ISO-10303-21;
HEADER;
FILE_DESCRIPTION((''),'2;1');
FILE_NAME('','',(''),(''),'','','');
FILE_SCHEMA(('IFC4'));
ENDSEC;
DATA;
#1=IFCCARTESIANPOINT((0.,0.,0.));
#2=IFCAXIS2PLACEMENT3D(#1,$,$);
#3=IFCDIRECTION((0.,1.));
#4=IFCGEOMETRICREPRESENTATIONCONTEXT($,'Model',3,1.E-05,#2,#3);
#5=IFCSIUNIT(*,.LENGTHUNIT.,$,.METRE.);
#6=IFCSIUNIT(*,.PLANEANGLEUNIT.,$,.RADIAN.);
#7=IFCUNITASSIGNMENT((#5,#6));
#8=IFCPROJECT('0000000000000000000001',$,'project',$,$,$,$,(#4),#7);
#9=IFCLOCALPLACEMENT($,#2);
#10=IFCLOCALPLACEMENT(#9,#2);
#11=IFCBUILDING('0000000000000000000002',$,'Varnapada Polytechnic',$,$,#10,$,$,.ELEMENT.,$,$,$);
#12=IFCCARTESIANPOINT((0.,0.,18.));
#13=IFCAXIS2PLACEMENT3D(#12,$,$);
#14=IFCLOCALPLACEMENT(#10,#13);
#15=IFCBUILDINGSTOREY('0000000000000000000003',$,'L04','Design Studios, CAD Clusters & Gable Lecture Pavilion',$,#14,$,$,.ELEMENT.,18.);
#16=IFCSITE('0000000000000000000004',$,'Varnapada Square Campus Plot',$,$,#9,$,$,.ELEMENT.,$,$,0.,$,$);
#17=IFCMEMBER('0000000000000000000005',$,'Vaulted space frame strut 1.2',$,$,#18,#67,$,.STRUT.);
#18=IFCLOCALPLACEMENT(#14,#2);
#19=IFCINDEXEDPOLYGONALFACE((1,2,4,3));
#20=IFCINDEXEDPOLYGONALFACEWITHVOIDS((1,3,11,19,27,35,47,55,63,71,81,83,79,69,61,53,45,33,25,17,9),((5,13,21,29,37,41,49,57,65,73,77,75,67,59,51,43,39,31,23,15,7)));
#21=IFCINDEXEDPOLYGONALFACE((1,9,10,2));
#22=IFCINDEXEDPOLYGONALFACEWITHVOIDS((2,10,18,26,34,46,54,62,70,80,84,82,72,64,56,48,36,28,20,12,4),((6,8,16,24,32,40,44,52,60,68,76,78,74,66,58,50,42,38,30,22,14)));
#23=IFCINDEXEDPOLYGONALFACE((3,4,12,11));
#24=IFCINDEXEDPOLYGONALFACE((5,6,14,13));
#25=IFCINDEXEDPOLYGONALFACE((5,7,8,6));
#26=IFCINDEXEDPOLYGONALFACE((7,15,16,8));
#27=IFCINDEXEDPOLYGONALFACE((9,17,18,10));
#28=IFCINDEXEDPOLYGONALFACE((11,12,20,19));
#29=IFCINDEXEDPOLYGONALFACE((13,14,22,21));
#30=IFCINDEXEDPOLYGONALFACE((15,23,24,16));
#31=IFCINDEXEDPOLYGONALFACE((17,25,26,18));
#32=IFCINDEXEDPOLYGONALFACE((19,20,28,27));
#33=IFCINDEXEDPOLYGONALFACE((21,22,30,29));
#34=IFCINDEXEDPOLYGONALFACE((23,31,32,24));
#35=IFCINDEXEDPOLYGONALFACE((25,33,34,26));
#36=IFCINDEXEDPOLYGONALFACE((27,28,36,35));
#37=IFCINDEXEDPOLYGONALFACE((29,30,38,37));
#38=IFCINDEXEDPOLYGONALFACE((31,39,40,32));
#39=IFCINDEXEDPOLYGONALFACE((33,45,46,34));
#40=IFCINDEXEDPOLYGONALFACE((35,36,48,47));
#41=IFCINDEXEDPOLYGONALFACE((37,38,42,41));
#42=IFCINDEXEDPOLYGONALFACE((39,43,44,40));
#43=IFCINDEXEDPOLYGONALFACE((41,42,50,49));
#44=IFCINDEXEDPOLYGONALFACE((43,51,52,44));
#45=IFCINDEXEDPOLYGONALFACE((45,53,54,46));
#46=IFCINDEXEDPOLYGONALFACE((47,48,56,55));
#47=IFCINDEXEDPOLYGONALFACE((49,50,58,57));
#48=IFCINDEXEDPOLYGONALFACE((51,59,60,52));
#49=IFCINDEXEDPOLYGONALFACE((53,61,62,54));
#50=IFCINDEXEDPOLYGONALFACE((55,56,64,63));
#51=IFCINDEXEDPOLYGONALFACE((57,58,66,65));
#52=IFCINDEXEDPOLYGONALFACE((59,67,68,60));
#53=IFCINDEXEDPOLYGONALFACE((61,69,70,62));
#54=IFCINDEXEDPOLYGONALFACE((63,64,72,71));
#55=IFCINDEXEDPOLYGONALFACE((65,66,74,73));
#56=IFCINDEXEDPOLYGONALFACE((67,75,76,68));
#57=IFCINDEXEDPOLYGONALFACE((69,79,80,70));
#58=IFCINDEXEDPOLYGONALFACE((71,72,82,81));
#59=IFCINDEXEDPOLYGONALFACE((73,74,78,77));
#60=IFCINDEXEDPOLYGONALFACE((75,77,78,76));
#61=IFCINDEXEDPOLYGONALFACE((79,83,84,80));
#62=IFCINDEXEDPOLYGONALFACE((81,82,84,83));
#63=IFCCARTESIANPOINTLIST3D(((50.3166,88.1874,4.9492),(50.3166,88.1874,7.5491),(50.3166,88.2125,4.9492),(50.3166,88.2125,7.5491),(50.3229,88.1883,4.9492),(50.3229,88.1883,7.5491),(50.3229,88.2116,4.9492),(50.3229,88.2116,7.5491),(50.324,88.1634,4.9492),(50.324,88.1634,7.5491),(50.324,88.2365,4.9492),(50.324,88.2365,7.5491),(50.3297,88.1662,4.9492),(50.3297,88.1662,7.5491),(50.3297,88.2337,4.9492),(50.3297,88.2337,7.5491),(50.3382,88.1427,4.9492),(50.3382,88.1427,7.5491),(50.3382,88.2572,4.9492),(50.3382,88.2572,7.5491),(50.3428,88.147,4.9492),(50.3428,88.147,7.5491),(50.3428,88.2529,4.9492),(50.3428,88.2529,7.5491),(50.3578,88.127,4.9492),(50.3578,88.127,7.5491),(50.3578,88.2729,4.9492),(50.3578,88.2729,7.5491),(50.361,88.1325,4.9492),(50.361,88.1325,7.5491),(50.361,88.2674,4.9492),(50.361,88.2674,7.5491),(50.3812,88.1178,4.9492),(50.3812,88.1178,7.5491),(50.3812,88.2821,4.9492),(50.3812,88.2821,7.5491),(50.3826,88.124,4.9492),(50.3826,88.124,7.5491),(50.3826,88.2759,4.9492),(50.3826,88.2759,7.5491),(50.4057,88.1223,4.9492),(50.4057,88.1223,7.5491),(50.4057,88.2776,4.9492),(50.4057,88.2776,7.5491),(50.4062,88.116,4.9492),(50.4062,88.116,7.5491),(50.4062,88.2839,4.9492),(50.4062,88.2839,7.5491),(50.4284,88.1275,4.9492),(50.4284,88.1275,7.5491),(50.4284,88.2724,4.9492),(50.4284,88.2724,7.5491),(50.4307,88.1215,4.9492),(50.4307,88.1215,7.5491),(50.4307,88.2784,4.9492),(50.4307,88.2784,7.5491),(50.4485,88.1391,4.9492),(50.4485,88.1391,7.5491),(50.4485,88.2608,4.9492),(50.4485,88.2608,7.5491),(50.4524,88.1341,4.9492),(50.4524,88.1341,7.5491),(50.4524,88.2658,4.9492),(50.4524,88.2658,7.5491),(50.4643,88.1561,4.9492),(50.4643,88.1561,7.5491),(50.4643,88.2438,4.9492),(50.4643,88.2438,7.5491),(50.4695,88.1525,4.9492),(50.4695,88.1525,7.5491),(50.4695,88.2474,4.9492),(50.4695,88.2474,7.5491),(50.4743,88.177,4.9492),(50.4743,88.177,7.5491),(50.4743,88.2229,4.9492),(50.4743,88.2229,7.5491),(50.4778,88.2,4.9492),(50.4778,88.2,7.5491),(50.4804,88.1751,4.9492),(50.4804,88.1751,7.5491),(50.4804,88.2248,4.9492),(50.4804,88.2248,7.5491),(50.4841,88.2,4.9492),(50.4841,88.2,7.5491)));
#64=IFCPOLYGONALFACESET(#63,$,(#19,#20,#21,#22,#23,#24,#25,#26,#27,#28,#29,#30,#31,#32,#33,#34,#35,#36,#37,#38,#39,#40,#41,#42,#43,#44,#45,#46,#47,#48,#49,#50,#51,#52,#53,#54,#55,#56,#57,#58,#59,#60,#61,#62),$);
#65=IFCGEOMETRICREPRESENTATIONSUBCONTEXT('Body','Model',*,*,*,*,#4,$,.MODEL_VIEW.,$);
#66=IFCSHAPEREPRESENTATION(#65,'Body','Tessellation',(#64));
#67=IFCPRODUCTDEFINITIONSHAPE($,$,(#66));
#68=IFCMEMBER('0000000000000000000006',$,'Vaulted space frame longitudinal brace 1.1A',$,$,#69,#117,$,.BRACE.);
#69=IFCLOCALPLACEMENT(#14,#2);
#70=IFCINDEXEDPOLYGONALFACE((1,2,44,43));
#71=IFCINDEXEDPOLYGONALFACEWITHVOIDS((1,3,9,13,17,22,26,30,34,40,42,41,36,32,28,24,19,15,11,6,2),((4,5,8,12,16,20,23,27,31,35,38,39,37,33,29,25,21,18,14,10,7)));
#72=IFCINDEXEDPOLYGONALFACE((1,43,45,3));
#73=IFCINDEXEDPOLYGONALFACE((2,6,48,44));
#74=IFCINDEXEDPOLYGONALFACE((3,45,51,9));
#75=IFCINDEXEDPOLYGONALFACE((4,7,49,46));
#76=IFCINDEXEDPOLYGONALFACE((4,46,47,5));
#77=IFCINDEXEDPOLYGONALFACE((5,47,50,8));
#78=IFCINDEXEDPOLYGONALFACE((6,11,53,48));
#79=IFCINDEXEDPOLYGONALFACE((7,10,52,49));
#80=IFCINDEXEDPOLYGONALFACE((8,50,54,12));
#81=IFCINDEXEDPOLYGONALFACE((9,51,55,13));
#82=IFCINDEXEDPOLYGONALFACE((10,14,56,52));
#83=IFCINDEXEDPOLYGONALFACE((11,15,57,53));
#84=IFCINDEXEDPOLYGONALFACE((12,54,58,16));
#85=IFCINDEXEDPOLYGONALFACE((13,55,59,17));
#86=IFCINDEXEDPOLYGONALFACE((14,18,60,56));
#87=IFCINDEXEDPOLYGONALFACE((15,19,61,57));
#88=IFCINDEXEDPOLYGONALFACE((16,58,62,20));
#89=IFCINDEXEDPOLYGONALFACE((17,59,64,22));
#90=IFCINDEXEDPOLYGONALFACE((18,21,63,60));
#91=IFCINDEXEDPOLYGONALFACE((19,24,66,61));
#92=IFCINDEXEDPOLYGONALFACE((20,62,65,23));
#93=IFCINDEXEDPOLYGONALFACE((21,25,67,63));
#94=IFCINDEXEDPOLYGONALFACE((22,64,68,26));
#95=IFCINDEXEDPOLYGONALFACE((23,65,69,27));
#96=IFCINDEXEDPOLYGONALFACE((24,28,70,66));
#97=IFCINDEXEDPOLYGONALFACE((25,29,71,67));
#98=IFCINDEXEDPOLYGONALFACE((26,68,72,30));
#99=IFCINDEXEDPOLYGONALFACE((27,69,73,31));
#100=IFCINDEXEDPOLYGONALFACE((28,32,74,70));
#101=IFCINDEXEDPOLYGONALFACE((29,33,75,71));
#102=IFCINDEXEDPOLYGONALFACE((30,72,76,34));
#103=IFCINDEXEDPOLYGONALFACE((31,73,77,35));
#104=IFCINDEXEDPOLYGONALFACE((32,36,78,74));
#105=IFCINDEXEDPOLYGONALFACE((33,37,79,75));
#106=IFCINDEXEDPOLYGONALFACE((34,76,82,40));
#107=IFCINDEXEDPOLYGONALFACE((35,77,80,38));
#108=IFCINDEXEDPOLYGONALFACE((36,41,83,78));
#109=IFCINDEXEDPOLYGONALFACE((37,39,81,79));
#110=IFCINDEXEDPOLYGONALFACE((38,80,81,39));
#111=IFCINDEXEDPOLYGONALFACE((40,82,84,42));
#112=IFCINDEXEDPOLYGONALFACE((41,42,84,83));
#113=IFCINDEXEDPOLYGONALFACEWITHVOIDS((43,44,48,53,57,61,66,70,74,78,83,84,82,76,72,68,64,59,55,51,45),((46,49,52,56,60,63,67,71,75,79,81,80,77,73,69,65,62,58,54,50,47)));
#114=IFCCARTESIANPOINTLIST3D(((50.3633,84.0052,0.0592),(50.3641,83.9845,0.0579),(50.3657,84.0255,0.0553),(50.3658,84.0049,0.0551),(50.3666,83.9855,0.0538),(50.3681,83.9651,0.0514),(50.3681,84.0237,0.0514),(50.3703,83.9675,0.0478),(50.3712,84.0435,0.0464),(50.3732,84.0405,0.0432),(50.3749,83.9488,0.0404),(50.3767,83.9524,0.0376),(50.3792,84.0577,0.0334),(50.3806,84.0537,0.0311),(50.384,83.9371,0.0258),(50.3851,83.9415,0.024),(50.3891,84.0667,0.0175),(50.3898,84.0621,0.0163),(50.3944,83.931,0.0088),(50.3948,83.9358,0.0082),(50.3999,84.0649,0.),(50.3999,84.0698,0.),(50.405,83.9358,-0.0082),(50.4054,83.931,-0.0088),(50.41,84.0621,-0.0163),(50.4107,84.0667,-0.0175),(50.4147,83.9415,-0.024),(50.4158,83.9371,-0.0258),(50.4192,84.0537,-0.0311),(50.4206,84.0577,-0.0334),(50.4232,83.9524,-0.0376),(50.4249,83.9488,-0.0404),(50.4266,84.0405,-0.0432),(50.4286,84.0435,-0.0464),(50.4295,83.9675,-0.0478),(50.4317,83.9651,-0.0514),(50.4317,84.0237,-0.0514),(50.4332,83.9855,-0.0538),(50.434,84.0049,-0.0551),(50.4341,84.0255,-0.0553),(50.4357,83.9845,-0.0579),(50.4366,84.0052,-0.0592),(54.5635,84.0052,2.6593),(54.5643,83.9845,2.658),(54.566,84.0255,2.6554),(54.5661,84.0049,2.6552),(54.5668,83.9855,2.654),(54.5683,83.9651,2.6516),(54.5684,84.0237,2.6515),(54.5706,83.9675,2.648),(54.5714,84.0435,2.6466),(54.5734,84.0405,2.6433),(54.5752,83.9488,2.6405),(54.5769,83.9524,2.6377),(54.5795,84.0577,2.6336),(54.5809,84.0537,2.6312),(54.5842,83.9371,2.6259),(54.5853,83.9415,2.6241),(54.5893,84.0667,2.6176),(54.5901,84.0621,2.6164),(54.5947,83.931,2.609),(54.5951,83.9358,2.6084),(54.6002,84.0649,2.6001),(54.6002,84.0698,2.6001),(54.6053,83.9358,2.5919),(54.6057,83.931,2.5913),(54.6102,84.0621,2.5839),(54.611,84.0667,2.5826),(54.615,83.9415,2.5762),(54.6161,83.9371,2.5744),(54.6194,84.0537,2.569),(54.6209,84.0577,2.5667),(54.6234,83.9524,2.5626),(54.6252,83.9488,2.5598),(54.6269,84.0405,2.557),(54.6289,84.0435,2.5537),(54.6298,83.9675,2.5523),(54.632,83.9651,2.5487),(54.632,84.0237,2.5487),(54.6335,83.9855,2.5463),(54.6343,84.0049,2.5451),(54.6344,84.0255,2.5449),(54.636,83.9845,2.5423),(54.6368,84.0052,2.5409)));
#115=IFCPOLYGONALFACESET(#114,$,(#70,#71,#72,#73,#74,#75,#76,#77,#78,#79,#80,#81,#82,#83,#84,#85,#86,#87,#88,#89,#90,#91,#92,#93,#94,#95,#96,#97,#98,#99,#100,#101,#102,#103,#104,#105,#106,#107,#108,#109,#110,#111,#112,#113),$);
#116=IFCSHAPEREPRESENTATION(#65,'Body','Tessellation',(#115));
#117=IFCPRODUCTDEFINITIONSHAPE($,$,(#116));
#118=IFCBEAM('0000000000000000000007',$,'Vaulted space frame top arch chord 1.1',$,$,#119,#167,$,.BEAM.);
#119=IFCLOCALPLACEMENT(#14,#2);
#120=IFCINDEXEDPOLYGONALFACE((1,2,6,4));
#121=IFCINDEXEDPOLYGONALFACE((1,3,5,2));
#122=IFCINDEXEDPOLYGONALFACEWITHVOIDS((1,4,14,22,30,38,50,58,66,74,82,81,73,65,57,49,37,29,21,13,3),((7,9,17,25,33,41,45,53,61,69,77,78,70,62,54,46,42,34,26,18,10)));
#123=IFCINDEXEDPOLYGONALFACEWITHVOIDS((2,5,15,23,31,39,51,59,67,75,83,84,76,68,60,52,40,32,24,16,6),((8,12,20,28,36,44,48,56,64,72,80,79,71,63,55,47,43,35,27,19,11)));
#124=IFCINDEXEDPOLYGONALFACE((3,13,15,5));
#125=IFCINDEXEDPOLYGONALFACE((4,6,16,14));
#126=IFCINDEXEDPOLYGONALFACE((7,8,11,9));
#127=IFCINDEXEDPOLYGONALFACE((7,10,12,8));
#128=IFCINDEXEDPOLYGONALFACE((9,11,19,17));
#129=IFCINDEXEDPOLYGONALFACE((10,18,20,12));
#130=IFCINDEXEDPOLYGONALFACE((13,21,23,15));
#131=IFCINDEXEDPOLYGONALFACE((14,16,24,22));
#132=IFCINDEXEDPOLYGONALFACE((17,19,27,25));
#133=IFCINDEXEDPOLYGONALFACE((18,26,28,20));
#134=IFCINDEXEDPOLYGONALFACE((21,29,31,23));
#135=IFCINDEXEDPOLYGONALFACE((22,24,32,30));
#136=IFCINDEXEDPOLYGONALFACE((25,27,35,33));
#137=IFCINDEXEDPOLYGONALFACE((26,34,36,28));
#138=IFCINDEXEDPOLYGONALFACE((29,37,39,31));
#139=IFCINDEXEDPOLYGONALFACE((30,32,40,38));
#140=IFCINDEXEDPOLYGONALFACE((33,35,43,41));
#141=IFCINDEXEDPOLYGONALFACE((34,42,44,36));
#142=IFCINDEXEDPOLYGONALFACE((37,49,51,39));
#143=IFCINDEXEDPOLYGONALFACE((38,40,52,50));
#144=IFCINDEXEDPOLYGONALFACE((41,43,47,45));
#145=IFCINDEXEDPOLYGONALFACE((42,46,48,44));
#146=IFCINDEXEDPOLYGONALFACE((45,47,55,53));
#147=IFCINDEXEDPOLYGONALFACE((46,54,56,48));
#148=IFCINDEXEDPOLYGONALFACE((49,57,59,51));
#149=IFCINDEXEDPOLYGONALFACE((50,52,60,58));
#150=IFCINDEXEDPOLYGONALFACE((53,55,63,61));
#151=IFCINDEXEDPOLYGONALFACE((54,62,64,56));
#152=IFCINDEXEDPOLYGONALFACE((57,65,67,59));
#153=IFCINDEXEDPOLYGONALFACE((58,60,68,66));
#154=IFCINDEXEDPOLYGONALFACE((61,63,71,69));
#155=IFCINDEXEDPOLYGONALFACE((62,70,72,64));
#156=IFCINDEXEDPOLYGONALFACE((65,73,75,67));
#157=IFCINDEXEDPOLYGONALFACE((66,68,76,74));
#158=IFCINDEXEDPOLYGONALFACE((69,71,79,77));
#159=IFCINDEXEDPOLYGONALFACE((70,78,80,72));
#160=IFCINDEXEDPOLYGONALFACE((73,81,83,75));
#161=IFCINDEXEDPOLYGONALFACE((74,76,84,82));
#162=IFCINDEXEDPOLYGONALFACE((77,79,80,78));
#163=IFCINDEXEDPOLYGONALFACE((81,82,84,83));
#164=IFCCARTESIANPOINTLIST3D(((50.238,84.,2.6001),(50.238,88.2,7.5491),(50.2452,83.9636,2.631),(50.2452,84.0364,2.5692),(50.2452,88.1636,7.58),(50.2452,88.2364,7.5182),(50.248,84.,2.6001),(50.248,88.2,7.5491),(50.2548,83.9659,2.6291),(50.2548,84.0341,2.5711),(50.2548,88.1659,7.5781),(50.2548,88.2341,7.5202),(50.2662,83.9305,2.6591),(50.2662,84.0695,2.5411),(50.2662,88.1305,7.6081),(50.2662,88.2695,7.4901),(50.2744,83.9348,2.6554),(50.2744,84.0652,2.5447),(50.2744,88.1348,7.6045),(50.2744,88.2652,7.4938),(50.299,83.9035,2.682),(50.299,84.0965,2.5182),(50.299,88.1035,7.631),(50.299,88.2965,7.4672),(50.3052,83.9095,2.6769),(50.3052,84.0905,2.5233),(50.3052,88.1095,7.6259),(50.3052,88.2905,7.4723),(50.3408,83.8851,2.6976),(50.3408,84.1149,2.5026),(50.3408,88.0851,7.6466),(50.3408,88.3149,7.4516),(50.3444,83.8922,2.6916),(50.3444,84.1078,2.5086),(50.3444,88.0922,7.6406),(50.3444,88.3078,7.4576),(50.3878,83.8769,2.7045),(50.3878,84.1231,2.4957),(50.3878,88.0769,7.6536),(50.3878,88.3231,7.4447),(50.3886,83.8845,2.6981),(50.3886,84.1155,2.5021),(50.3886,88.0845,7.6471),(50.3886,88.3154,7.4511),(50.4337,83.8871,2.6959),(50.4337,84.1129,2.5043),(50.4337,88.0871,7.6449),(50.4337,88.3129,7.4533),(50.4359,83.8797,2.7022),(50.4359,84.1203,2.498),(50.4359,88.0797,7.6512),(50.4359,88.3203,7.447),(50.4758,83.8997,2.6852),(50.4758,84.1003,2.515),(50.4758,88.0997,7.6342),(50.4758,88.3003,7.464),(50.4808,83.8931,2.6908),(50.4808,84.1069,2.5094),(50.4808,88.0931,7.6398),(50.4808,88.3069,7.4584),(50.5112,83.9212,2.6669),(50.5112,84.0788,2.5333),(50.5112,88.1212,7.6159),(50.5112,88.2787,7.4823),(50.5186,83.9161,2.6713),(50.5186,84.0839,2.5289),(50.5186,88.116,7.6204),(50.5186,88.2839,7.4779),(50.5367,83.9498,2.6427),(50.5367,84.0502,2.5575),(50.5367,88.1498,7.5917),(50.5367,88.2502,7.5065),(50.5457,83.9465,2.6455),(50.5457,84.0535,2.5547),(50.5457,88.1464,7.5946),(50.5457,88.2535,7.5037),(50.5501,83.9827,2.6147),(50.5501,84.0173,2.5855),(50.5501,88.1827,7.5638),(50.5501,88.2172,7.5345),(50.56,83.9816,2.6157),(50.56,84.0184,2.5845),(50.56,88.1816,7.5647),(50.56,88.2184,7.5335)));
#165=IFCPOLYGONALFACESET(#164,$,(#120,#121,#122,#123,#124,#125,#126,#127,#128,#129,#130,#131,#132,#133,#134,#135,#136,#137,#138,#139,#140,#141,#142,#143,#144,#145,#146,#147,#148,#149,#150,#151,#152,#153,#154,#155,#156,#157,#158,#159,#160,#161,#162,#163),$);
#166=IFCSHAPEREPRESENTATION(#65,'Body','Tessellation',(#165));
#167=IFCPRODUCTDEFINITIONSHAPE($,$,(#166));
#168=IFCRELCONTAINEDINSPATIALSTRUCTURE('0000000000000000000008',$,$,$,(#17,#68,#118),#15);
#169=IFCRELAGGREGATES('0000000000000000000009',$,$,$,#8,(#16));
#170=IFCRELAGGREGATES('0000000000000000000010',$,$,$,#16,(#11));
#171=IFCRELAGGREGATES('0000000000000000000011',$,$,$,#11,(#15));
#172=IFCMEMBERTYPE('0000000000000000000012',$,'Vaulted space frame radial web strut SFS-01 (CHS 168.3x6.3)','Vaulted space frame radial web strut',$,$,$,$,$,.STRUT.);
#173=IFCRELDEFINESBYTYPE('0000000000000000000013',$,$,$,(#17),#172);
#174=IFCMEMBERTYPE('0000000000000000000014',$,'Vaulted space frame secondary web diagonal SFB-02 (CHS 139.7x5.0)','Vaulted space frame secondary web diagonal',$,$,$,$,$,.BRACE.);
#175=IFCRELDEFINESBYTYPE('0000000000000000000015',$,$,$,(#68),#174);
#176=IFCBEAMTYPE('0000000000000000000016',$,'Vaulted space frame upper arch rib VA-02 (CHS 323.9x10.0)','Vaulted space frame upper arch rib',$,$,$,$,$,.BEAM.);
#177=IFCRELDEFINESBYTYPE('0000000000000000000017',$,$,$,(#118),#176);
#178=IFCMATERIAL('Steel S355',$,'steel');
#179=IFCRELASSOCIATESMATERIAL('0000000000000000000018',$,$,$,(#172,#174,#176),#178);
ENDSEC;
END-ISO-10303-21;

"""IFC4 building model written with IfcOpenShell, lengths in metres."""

from ifc_helpers import new_model, si_unit, direction, frame, origin, origin_2d, place, context, subcontext, project, spatial, hollow_circle, extrude, material, material_profile, profile_set, type_object, element, save


model = new_model("IFC4")

# Units and contexts
model_context = context("Model", 3, precision=1e-05, world=origin(), true_north=direction((0.0, 1.0)))
body_context = subcontext(model_context, "Body", "Model", "MODEL_VIEW")
ifc_project = project(units=[si_unit("LENGTHUNIT", "METRE"), si_unit("PLANEANGLEUNIT", "RADIAN")], contexts=[model_context])

# Site, building, storey
site_placement = place(None, origin())
site = spatial("IfcSite", under=ifc_project, at=site_placement, Name="Varnapada Square Campus Plot", CompositionType="ELEMENT", RefElevation=0.0)
building_placement = place(site_placement, origin())
building = spatial("IfcBuilding", under=site, at=building_placement, Name="Varnapada Polytechnic", CompositionType="ELEMENT")
storey_placement = place(building_placement, frame((0.0, 0.0, 18.0)))
storey = spatial("IfcBuildingStorey", under=building, at=storey_placement, Name="L04", Description="Design Studios, CAD Clusters & Gable Lecture Pavilion", CompositionType="ELEMENT", Elevation=18.0)

# Shared definitions
ifc_material = material(Name="Steel S355", Category="steel")

# Members
ifc_material_profile_1 = material_profile(ifc_material, hollow_circle(Radius=0.0842, WallThickness=0.0063, at=origin_2d()), Name="CHS 168.3x6.3")
ifc_profile_set_1 = profile_set([ifc_material_profile_1], Name="Steel S355")
member_type_1 = type_object("IfcMemberType", Name="Vaulted space frame radial web strut SFS-01 (CHS 168.3x6.3)", Description="Vaulted space frame radial web strut", PredefinedType="STRUT", material=ifc_profile_set_1)
member_1_placement = place(storey_placement, frame((50.3999, 88.2, 4.9492), z_axis=(0.0, 0.0, 1.0), x_axis=(1.0, 0.0, 0.0)))
element("IfcMember", 1, at=member_1_placement, inside=storey, type_object=member_type_1, Name="Vaulted space frame strut 1.2", PredefinedType="STRUT", context=body_context, shape_type="SweptSolid", body=[
    extrude(hollow_circle(Radius=0.0842, WallThickness=0.0063, at=origin_2d()), origin(), (0.0, 0.0, 1.0), 2.5999),
])
ifc_material_profile_2 = material_profile(ifc_material, hollow_circle(Radius=0.0698, WallThickness=0.0049, at=origin_2d()), Name="CHS 139.7x5.0")
ifc_profile_set_2 = profile_set([ifc_material_profile_2], Name="Steel S355")
member_type_2 = type_object("IfcMemberType", Name="Vaulted space frame secondary web diagonal SFB-02 (CHS 139.7x5.0)", Description="Vaulted space frame secondary web diagonal", PredefinedType="BRACE", material=ifc_profile_set_2)
member_2_placement = place(storey_placement, frame((50.3999, 84.0, 0.0), z_axis=(0.850267, 0.0, 0.526351), x_axis=(0.0, 1.0, 0.0)))
element("IfcMember", 2, at=member_2_placement, inside=storey, type_object=member_type_2, Name="Vaulted space frame longitudinal brace 1.1A", PredefinedType="BRACE", context=body_context, shape_type="SweptSolid", body=[
    extrude(hollow_circle(Radius=0.0698, WallThickness=0.0049, at=origin_2d()), origin(), (0.0, 0.0, 1.0), 4.9399),
])

# Beam
ifc_material_profile_3 = material_profile(ifc_material, hollow_circle(Radius=0.1619, WallThickness=0.01, at=origin_2d()), Name="CHS 323.9x10.0")
ifc_profile_set_3 = profile_set([ifc_material_profile_3], Name="Steel S355")
beam_type_1 = type_object("IfcBeamType", Name="Vaulted space frame upper arch rib VA-02 (CHS 323.9x10.0)", Description="Vaulted space frame upper arch rib", PredefinedType="BEAM", material=ifc_profile_set_3)
beam_1_placement = place(storey_placement, frame((50.3999, 84.0, 2.6001), z_axis=(0.0, 0.647051, 0.762447), x_axis=(-1.0, 0.0, 0.0)))
element("IfcBeam", 3, at=beam_1_placement, inside=storey, type_object=beam_type_1, Name="Vaulted space frame top arch chord 1.1", PredefinedType="BEAM", context=body_context, shape_type="SweptSolid", body=[
    extrude(hollow_circle(Radius=0.1619, WallThickness=0.01, at=origin_2d()), origin(), (0.0, 0.0, 1.0), 6.491),
])

save(model, "model.ifc")
